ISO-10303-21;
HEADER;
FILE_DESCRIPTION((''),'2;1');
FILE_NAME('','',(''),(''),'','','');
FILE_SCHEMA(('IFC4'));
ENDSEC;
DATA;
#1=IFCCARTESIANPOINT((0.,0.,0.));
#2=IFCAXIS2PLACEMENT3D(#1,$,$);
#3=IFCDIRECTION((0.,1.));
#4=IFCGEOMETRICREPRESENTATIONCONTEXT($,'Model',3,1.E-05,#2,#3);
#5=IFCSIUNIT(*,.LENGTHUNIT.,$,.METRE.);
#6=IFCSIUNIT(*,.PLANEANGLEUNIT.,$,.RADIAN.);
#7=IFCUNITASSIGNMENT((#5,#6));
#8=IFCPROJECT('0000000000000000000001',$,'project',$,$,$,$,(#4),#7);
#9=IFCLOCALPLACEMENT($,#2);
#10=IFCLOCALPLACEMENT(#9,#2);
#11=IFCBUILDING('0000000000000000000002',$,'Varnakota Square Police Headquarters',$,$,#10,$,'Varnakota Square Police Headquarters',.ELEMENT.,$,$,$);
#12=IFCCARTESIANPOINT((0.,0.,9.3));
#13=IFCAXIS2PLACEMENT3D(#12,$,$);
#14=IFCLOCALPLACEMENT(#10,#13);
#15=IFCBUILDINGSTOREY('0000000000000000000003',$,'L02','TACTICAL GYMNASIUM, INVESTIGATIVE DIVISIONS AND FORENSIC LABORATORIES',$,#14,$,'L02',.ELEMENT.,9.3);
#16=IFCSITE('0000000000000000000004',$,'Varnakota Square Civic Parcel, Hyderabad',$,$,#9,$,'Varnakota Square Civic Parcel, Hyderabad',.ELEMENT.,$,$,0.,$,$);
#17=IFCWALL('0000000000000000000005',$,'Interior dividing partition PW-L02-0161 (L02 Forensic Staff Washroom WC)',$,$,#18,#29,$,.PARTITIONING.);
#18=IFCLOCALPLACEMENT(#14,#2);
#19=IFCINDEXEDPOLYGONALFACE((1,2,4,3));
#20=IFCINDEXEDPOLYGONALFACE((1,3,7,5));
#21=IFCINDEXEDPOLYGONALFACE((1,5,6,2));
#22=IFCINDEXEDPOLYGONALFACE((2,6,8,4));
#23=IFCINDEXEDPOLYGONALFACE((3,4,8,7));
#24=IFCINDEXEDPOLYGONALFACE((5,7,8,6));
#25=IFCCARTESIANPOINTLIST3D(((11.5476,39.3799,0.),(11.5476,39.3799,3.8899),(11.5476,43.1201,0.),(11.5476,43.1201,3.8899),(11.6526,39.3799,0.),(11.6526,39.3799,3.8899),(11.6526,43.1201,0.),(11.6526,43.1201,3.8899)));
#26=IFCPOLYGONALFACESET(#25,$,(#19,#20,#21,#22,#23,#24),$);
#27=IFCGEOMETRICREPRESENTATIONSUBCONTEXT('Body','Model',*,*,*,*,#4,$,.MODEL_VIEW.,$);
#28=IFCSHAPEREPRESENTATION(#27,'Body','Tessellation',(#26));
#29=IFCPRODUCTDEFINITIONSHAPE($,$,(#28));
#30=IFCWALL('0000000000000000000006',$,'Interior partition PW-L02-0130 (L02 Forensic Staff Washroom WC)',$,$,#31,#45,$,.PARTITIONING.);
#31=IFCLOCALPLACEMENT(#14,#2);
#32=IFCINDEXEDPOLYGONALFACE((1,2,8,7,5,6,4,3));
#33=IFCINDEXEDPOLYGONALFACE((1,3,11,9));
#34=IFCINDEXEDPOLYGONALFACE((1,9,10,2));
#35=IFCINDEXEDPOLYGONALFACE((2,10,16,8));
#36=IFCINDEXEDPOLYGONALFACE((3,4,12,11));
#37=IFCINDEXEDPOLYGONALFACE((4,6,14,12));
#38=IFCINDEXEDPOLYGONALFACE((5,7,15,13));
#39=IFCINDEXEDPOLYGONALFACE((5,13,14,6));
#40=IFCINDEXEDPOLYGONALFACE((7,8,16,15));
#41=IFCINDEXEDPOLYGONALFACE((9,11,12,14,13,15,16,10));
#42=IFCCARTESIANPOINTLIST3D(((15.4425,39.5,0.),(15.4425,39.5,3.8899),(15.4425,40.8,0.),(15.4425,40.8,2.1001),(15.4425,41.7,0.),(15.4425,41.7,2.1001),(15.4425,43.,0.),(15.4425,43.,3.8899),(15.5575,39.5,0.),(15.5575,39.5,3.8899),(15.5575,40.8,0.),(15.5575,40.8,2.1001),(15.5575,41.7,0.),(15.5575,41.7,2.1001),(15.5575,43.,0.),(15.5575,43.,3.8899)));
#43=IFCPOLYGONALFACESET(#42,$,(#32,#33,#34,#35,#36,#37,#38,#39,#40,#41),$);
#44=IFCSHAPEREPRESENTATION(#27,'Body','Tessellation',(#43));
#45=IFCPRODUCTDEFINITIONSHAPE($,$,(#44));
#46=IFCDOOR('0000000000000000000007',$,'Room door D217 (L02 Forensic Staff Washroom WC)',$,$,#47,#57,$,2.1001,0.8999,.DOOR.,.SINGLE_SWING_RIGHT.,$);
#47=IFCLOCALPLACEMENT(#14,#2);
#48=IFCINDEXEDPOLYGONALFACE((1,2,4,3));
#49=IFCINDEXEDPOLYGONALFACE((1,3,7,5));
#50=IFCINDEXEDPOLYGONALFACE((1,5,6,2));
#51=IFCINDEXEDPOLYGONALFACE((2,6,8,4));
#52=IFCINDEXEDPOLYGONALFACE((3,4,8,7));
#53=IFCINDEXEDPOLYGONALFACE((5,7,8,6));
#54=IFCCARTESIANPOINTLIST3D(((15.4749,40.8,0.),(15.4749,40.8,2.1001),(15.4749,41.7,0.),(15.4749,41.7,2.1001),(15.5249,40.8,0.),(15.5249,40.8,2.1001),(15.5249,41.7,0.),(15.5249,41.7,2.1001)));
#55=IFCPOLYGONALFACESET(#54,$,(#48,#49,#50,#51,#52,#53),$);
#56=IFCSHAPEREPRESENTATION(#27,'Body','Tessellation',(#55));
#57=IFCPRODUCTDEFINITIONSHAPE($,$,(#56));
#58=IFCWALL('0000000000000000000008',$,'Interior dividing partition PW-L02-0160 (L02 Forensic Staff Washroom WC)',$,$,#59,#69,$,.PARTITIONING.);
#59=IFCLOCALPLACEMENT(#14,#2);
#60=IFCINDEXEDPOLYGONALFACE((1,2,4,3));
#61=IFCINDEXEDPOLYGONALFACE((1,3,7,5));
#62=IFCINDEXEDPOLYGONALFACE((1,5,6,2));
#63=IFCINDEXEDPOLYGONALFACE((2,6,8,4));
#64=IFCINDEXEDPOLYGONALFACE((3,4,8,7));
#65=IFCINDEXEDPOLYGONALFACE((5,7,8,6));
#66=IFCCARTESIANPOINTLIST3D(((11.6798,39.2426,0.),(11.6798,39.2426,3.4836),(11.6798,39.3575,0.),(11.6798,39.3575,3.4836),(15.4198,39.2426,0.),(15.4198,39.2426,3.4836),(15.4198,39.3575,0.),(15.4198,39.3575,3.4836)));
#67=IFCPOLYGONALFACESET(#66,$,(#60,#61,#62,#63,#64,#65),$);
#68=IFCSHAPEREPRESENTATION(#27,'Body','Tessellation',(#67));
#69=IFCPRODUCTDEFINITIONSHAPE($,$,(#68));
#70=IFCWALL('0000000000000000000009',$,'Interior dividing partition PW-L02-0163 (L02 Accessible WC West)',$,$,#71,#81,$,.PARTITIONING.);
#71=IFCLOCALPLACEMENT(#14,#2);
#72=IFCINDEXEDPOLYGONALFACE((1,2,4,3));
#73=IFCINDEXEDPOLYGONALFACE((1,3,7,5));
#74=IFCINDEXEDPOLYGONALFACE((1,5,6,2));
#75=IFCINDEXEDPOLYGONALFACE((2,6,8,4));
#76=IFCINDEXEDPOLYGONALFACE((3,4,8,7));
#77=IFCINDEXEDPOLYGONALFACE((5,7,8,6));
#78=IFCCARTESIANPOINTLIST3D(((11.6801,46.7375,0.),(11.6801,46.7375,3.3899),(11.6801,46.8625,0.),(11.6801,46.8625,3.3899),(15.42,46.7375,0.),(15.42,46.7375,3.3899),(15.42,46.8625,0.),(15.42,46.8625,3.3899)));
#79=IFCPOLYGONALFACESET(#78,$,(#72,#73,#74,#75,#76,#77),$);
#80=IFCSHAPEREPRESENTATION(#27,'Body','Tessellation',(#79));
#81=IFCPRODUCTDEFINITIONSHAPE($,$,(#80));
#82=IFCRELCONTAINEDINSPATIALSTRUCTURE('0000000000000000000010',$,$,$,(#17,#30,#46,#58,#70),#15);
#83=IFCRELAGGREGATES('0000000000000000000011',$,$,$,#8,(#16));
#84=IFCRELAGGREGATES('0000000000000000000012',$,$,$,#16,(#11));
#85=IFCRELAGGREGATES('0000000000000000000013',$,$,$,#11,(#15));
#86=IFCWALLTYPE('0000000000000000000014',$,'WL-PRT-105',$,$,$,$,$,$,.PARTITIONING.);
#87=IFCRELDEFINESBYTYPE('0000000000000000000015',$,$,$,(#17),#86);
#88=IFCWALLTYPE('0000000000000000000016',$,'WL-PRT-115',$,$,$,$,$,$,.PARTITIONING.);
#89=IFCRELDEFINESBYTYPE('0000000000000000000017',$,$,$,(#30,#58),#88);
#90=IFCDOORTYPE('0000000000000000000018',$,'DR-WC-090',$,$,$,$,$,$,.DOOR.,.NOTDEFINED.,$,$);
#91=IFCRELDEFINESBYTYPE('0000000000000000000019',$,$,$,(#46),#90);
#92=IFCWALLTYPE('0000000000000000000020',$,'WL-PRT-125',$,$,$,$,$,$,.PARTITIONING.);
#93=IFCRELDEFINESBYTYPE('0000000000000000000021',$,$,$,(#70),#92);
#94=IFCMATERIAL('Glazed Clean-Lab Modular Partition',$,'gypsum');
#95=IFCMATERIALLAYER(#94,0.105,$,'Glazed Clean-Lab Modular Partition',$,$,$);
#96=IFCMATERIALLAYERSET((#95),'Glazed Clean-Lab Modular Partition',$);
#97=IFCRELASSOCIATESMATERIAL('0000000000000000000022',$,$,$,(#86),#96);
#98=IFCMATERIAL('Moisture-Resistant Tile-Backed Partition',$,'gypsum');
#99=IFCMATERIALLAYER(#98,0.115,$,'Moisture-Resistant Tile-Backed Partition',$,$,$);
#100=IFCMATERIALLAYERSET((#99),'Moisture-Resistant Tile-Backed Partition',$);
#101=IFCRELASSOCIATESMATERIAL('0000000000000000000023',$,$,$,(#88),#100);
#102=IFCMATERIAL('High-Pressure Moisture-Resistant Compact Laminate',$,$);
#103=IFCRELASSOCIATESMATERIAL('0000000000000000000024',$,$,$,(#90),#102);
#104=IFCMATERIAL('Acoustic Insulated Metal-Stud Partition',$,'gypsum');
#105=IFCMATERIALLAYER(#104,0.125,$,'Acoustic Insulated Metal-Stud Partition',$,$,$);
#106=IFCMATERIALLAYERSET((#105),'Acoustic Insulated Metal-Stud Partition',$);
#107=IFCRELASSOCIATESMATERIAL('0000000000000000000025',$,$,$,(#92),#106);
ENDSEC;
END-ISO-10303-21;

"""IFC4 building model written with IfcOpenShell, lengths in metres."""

from ifc_helpers import new_model, si_unit, direction, frame, frame_2d, origin, place, context, subcontext, project, spatial, rectangle, extrude, material, layer, layer_set, type_object, element, fill, save


model = new_model("IFC4")

# Units and contexts
model_context = context("Model", 3, precision=1e-05, world=origin(), true_north=direction((0.0, 1.0)))
body_context = subcontext(model_context, "Body", "Model", "MODEL_VIEW")
ifc_project = project(units=[si_unit("LENGTHUNIT", "METRE"), si_unit("PLANEANGLEUNIT", "RADIAN")], contexts=[model_context])

# Site, building, storey
site_placement = place(None, origin())
site = spatial("IfcSite", under=ifc_project, at=site_placement, Name="Varnakota Square Civic Parcel, Hyderabad", LongName="Varnakota Square Civic Parcel, Hyderabad", CompositionType="ELEMENT", RefElevation=0.0)
building_placement = place(site_placement, origin())
building = spatial("IfcBuilding", under=site, at=building_placement, Name="Varnakota Square Police Headquarters", LongName="Varnakota Square Police Headquarters", CompositionType="ELEMENT")
storey_placement = place(building_placement, frame((0.0, 0.0, 9.3)))
storey = spatial("IfcBuildingStorey", under=building, at=storey_placement, Name="L02", Description="TACTICAL GYMNASIUM, INVESTIGATIVE DIVISIONS AND FORENSIC LABORATORIES", LongName="L02", CompositionType="ELEMENT", Elevation=9.3)

# Wall
ifc_material_1 = material(Name="Glazed Clean-Lab Modular Partition", Category="gypsum")
ifc_layer_1 = layer(ifc_material_1, 0.105, Name="Glazed Clean-Lab Modular Partition")
ifc_layer_set_1 = layer_set([ifc_layer_1], Name="Glazed Clean-Lab Modular Partition")
wall_type_1 = type_object("IfcWallType", Name="WL-PRT-105", PredefinedType="PARTITIONING", material=ifc_layer_set_1)
wall_1_placement = place(storey_placement, frame((11.6001, 39.3799, 0.0), z_axis=(0.0, 0.0, 1.0), x_axis=(0.0, 1.0, 0.0)))
element("IfcWall", 1, at=wall_1_placement, inside=storey, type_object=wall_type_1, Name="Interior dividing partition PW-L02-0161 (L02 Forensic Staff Washroom WC)", PredefinedType="PARTITIONING", context=body_context, shape_type="SweptSolid", body=[
    extrude(rectangle(XDim=3.7402, YDim=0.105, at=frame_2d((1.8701, 0.0))), origin(), (0.0, 0.0, 1.0), 3.8899),
])

# Wall, opening, door
ifc_material_2 = material(Name="Moisture-Resistant Tile-Backed Partition", Category="gypsum")
ifc_layer_2 = layer(ifc_material_2, 0.115, Name="Moisture-Resistant Tile-Backed Partition")
ifc_layer_set_2 = layer_set([ifc_layer_2], Name="Moisture-Resistant Tile-Backed Partition")
wall_type_2 = type_object("IfcWallType", Name="WL-PRT-115", PredefinedType="PARTITIONING", material=ifc_layer_set_2)
wall_2_placement = place(storey_placement, frame((15.5, 43.0, 0.0), z_axis=(0.0, 0.0, 1.0), x_axis=(0.0, -1.0, 0.0)))
wall_2 = element("IfcWall", 2, at=wall_2_placement, inside=storey, type_object=wall_type_2, Name="Interior partition PW-L02-0130 (L02 Forensic Staff Washroom WC)", PredefinedType="PARTITIONING", context=body_context, shape_type="SweptSolid", body=[
    extrude(rectangle(XDim=3.5, YDim=0.115, at=frame_2d((1.75, 0.0))), origin(), (0.0, 0.0, 1.0), 3.8899),
])
opening_1_placement = place(wall_2_placement, frame((1.3, 0.0, 0.0)))
opening_1 = element("IfcOpeningElement", 3, at=opening_1_placement, cuts=wall_2, PredefinedType="OPENING", context=body_context, shape_type="SweptSolid", body=[
    extrude(rectangle(XDim=0.8999, YDim=2.1001, at=frame_2d((0.45, 1.05))), frame((0.0, 0.0674, 0.0), z_axis=(0.0, -1.0, 0.0), x_axis=(1.0, 0.0, 0.0)), (0.0, 0.0, 1.0), 0.135),
])
ifc_material_3 = material(Name="High-Pressure Moisture-Resistant Compact Laminate")
door_type_1 = type_object("IfcDoorType", Name="DR-WC-090", OperationType="NOTDEFINED", PredefinedType="DOOR", material=ifc_material_3)
door_1_placement = place(opening_1_placement, origin())
door_1 = element("IfcDoor", 4, at=door_1_placement, inside=storey, type_object=door_type_1, Name="Room door D217 (L02 Forensic Staff Washroom WC)", OperationType="SINGLE_SWING_RIGHT", OverallHeight=2.1001, OverallWidth=0.8999, PredefinedType="DOOR", context=body_context, shape_type="SweptSolid", body=[
    extrude(rectangle(XDim=0.8999, YDim=2.1001, at=frame_2d((0.45, 1.05))), frame((0.0, 0.0249, 0.0), z_axis=(0.0, -1.0, 0.0), x_axis=(1.0, 0.0, 0.0)), (0.0, 0.0, 1.0), 0.05),
])
fill(opening_1, door_1)

# Walls
wall_3_placement = place(storey_placement, frame((15.4199, 39.3, 0.0), z_axis=(0.0, 0.0, 1.0), x_axis=(-1.0, 0.0, 0.0)))
element("IfcWall", 5, at=wall_3_placement, inside=storey, type_object=wall_type_2, Name="Interior dividing partition PW-L02-0160 (L02 Forensic Staff Washroom WC)", PredefinedType="PARTITIONING", context=body_context, shape_type="SweptSolid", body=[
    extrude(rectangle(XDim=3.74, YDim=0.115, at=frame_2d((1.8701, 0.0))), origin(), (0.0, 0.0, 1.0), 3.4836),
])
ifc_material_4 = material(Name="Acoustic Insulated Metal-Stud Partition", Category="gypsum")
ifc_layer_3 = layer(ifc_material_4, 0.125, Name="Acoustic Insulated Metal-Stud Partition")
ifc_layer_set_3 = layer_set([ifc_layer_3], Name="Acoustic Insulated Metal-Stud Partition")
wall_type_3 = type_object("IfcWallType", Name="WL-PRT-125", PredefinedType="PARTITIONING", material=ifc_layer_set_3)
wall_4_placement = place(storey_placement, frame((11.6799, 46.8, 0.0), z_axis=(0.0, 0.0, 1.0), x_axis=(1.0, 0.0, 0.0)))
element("IfcWall", 6, at=wall_4_placement, inside=storey, type_object=wall_type_3, Name="Interior dividing partition PW-L02-0163 (L02 Accessible WC West)", PredefinedType="PARTITIONING", context=body_context, shape_type="SweptSolid", body=[
    extrude(rectangle(XDim=3.74, YDim=0.125, at=frame_2d((1.8701, 0.0))), origin(), (0.0, 0.0, 1.0), 3.3899),
])

save(model, "model.ifc")
